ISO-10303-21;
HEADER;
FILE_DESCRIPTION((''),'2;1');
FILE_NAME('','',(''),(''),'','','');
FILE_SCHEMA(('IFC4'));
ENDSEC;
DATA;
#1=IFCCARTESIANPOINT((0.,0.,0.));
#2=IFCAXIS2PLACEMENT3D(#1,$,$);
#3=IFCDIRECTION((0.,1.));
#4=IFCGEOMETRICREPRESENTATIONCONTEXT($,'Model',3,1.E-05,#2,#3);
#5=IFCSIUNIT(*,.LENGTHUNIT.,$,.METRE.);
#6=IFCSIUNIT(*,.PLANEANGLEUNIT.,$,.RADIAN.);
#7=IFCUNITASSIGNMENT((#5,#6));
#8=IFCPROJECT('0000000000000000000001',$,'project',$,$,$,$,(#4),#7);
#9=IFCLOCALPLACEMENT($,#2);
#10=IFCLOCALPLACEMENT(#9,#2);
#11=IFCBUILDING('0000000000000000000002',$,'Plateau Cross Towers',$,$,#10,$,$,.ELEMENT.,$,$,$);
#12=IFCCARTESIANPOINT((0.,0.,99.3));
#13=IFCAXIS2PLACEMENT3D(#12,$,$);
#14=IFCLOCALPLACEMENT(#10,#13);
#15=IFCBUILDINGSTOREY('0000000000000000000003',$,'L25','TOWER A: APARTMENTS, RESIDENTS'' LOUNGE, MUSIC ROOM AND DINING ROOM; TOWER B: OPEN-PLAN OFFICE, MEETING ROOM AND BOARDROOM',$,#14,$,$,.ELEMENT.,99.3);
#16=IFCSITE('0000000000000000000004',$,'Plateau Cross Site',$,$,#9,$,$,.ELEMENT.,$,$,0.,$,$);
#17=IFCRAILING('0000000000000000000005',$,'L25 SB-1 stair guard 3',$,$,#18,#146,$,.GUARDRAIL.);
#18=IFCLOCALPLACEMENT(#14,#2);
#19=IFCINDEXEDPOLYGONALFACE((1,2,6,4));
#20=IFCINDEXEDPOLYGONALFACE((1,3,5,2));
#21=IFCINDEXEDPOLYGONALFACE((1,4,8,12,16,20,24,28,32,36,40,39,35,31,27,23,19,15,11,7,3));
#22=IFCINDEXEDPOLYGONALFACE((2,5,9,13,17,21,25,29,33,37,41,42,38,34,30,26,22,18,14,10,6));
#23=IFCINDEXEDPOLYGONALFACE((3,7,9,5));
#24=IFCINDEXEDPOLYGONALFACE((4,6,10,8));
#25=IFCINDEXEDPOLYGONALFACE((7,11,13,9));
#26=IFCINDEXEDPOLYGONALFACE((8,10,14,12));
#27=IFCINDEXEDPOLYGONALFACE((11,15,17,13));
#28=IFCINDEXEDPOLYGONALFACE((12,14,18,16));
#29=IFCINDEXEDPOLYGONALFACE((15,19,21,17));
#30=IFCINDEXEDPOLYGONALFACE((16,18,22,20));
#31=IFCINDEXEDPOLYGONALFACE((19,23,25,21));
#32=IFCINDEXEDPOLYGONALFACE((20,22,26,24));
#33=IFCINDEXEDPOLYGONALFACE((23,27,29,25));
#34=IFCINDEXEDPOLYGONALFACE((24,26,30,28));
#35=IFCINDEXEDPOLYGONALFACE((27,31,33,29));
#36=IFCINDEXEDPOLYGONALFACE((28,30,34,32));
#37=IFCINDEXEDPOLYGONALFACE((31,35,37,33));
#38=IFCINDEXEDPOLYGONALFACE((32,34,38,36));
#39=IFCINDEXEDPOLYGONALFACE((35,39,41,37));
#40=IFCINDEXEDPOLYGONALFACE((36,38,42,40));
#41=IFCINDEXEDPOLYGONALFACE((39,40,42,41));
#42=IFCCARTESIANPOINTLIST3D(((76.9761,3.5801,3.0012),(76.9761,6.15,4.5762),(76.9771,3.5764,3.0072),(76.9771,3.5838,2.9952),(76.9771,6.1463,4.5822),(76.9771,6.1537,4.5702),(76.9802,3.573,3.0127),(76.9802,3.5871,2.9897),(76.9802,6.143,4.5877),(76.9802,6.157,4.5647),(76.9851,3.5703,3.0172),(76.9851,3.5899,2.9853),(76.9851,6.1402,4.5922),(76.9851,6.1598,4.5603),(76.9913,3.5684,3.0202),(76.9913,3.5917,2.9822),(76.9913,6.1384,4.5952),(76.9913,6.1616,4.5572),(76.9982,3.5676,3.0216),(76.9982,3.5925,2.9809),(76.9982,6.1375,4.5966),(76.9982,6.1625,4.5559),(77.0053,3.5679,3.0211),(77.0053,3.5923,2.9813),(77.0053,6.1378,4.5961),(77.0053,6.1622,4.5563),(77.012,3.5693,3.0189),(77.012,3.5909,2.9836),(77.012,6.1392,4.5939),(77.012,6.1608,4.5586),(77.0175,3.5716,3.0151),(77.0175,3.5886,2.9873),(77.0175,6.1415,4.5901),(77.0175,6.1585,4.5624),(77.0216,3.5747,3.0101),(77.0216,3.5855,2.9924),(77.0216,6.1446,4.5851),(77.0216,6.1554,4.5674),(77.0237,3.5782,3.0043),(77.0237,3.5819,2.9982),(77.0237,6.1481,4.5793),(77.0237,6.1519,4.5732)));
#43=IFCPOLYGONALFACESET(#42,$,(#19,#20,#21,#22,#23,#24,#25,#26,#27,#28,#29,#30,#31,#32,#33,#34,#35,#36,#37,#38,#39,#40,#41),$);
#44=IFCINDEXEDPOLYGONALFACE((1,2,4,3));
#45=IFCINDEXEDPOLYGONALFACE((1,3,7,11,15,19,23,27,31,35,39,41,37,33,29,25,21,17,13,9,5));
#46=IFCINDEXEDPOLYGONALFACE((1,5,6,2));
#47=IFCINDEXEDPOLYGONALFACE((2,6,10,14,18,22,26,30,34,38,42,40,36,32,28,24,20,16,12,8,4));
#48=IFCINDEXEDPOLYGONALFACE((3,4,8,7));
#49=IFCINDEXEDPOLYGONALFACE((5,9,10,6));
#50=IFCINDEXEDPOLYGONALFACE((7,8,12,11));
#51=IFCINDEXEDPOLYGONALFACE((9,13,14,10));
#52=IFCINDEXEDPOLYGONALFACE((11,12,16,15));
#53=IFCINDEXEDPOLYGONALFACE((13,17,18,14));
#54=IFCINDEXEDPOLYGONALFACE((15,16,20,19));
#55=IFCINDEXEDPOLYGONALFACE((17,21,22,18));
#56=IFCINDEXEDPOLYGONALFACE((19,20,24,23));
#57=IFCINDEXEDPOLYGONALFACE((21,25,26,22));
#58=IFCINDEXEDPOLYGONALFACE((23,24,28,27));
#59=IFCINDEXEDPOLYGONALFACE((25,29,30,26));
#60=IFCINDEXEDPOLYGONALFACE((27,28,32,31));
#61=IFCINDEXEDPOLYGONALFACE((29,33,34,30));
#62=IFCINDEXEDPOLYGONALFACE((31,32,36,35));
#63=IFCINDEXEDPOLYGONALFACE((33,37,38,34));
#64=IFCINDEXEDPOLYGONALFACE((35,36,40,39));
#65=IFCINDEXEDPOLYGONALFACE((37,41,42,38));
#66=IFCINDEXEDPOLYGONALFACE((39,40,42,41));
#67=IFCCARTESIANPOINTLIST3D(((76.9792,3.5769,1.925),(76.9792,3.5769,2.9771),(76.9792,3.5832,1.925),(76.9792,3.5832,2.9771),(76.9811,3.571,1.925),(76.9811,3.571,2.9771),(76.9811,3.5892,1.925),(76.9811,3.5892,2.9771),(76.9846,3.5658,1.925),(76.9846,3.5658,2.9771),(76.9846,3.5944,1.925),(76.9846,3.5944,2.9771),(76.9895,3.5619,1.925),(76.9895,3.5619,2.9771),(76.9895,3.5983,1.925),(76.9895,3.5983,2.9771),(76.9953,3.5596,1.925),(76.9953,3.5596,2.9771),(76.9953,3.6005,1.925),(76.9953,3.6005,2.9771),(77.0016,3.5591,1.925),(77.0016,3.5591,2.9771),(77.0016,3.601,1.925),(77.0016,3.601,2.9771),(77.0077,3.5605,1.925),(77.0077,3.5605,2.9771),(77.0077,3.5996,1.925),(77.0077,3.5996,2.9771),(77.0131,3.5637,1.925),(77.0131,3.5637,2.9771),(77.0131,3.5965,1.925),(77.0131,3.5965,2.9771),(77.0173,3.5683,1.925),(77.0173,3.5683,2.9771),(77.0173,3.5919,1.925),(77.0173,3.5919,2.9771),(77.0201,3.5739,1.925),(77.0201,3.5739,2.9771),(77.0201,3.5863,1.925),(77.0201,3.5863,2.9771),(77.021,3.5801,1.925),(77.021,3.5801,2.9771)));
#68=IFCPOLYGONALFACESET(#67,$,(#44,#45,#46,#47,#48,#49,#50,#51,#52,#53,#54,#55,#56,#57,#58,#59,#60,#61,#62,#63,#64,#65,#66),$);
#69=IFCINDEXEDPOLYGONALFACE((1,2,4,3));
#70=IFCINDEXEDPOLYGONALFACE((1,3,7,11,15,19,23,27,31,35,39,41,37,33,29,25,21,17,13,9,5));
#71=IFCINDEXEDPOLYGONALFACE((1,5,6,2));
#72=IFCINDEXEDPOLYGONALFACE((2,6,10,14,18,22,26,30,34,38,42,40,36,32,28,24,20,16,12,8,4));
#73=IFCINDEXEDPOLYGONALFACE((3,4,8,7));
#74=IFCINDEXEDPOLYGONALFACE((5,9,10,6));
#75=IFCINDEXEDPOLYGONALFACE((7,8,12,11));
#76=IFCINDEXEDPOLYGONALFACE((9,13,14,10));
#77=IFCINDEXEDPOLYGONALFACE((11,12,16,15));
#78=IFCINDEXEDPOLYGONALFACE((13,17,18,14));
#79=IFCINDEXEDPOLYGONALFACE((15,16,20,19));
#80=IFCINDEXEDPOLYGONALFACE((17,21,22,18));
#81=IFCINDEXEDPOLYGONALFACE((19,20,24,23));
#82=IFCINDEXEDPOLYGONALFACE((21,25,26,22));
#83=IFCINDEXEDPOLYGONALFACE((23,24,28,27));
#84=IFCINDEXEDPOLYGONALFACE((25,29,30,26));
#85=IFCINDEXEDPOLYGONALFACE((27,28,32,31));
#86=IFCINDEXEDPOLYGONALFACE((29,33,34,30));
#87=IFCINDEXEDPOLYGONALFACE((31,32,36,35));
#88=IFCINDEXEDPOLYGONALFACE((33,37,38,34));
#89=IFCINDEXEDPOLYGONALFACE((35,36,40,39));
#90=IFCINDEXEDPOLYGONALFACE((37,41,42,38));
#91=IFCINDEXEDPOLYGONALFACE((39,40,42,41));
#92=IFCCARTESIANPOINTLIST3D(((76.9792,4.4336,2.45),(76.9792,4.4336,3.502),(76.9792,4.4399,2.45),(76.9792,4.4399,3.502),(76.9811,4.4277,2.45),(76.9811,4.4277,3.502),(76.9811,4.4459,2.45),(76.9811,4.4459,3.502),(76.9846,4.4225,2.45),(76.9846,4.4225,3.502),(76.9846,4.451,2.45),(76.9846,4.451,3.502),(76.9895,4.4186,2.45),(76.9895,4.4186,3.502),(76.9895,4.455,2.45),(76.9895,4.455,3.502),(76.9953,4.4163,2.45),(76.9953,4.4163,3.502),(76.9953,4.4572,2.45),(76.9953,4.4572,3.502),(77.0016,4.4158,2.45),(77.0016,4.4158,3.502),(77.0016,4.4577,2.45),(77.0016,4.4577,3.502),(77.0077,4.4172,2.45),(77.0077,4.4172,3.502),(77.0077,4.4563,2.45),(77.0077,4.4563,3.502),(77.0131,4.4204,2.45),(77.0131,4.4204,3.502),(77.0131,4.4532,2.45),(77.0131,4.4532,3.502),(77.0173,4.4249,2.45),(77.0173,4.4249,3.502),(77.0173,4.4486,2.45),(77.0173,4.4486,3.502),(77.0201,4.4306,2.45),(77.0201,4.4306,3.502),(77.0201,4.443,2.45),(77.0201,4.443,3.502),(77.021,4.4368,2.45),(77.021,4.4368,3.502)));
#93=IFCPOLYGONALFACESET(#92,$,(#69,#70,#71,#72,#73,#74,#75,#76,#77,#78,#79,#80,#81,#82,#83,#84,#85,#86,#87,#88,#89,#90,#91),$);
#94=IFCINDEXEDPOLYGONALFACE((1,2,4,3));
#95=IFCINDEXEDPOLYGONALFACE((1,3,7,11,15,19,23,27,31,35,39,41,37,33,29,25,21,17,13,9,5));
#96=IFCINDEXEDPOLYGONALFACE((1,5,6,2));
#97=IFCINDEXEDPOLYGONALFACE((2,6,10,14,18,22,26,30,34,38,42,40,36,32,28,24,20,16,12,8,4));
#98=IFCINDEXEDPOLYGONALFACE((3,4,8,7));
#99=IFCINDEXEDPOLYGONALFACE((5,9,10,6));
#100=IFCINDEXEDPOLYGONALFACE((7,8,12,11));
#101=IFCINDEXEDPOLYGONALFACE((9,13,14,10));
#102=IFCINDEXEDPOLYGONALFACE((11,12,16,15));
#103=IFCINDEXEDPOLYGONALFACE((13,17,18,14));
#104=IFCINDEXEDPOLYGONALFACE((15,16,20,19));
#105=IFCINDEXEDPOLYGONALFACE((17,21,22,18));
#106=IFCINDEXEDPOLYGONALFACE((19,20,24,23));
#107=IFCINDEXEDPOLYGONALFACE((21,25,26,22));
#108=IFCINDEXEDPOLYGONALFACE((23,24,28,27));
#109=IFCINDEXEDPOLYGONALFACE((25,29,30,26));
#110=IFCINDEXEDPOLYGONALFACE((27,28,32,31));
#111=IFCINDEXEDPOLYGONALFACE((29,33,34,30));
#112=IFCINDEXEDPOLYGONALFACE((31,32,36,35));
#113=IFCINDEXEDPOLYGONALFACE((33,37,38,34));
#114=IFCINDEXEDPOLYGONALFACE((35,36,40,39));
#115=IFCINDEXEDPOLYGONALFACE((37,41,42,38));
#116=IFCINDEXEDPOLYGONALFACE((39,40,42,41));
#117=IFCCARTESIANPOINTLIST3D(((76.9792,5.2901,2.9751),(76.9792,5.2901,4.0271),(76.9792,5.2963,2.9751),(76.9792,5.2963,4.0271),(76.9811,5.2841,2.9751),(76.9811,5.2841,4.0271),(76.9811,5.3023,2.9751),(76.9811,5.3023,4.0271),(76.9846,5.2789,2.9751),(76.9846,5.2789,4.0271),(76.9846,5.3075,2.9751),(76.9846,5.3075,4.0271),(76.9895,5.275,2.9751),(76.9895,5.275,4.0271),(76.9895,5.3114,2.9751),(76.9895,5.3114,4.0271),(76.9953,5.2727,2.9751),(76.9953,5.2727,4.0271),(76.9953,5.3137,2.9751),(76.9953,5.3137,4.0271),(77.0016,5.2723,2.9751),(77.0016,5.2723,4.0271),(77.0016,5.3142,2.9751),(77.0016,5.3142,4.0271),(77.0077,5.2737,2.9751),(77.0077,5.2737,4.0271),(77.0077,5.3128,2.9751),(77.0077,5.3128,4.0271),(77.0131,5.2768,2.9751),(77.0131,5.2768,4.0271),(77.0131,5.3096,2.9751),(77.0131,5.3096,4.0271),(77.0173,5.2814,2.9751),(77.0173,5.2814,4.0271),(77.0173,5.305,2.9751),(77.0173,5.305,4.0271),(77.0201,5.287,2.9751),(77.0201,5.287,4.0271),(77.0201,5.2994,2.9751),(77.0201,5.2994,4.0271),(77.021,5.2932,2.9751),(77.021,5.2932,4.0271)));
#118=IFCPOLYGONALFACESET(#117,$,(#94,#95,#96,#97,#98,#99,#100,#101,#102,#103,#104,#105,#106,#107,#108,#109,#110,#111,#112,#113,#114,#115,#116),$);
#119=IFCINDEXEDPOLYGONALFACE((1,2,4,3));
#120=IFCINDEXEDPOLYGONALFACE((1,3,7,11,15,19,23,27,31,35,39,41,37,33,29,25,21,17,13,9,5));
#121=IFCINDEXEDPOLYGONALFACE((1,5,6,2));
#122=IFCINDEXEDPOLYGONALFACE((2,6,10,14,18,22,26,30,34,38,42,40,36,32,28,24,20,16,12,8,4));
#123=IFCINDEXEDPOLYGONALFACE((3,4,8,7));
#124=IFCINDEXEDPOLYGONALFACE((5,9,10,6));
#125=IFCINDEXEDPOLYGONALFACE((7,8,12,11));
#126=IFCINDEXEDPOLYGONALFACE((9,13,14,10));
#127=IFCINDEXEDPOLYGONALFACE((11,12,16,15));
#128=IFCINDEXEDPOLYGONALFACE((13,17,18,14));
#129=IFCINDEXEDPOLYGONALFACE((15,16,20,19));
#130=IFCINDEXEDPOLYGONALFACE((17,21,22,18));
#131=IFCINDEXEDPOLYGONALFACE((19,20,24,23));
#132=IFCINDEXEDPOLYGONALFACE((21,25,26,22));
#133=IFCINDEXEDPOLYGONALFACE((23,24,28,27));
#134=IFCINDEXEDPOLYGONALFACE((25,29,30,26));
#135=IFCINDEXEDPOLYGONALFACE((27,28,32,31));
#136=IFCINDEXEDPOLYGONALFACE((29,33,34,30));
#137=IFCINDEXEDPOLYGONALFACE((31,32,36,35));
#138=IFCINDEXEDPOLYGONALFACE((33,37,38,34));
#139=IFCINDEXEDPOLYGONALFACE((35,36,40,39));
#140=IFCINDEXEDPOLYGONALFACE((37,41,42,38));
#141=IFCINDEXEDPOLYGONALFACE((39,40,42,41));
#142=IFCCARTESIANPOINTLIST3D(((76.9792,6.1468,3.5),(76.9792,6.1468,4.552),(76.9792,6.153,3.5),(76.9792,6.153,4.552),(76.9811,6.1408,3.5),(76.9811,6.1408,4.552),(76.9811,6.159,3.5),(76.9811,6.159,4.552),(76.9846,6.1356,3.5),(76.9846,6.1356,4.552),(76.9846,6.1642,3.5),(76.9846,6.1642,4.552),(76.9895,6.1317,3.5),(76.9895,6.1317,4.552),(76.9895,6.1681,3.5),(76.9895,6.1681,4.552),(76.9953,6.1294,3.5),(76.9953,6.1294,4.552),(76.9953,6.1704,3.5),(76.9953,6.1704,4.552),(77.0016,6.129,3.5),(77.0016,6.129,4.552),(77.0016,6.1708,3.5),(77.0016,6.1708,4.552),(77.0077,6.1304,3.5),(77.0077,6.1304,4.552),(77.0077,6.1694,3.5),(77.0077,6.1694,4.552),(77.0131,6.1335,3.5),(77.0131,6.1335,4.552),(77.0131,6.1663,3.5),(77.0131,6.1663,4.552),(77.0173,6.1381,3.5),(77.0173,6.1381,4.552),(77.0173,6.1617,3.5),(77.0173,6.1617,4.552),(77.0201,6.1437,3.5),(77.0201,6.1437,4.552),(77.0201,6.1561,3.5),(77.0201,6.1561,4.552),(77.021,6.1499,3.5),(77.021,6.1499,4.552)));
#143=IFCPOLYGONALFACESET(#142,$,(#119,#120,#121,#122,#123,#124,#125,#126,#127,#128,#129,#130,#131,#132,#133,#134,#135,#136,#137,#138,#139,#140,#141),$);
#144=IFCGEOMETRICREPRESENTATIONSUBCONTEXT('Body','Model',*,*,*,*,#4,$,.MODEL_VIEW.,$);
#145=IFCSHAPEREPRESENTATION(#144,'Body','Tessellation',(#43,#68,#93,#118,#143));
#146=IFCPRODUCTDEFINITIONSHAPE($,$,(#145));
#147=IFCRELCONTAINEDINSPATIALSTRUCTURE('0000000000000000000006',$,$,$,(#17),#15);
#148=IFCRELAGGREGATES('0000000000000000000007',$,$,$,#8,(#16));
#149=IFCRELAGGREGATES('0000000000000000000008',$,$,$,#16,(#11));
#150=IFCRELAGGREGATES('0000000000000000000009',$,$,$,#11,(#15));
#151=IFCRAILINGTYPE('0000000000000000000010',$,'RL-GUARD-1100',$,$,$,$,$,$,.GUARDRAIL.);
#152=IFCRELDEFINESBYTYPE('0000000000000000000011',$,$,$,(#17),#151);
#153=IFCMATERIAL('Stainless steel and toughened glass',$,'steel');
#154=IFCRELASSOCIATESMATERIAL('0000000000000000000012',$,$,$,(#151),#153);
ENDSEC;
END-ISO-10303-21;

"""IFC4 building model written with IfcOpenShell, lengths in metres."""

from ifc_helpers import new_model, si_unit, direction, frame, origin, origin_2d, place, context, subcontext, project, spatial, circle, extrude, material, type_object, element, save


model = new_model("IFC4")

# Units and contexts
model_context = context("Model", 3, precision=1e-05, world=origin(), true_north=direction((0.0, 1.0)))
body_context = subcontext(model_context, "Body", "Model", "MODEL_VIEW")
ifc_project = project(units=[si_unit("LENGTHUNIT", "METRE"), si_unit("PLANEANGLEUNIT", "RADIAN")], contexts=[model_context])

# Site, building, storey
site_placement = place(None, origin())
site = spatial("IfcSite", under=ifc_project, at=site_placement, Name="Plateau Cross Site", CompositionType="ELEMENT", RefElevation=0.0)
building_placement = place(site_placement, origin())
building = spatial("IfcBuilding", under=site, at=building_placement, Name="Plateau Cross Towers", CompositionType="ELEMENT")
storey_placement = place(building_placement, frame((0.0, 0.0, 99.3)))
storey = spatial("IfcBuildingStorey", under=building, at=storey_placement, Name="L25", Description="TOWER A: APARTMENTS, RESIDENTS' LOUNGE, MUSIC ROOM AND DINING ROOM; TOWER B: OPEN-PLAN OFFICE, MEETING ROOM AND BOARDROOM", CompositionType="ELEMENT", Elevation=99.3)

# Railing
ifc_material_1 = material(Name="Stainless steel and toughened glass", Category="steel")
railing_type_1 = type_object("IfcRailingType", Name="RL-GUARD-1100", PredefinedType="GUARDRAIL", material=ifc_material_1)
railing_1_placement = place(storey_placement, frame((77.0, 3.5801, 1.925)))
element("IfcRailing", 1, at=railing_1_placement, inside=storey, type_object=railing_type_1, Name="L25 SB-1 stair guard 3", PredefinedType="GUARDRAIL", context=body_context, shape_type="SweptSolid", body=[
    extrude(circle(Radius=0.0239, at=origin_2d()), frame((0.0, 0.0, 1.0762), z_axis=(0.0, 0.852616, 0.522537), x_axis=(-1.0, 0.0, 0.0)), (0.0, 0.0, 1.0), 3.0142),
    extrude(circle(Radius=0.021, at=origin_2d()), origin(), (0.0, 0.0, 1.0), 1.052),
    extrude(circle(Radius=0.021, at=origin_2d()), frame((0.0, 0.8567, 0.5249)), (0.0, 0.0, 1.0), 1.052),
    extrude(circle(Radius=0.021, at=origin_2d()), frame((0.0, 1.7131, 1.05)), (0.0, 0.0, 1.0), 1.052),
    extrude(circle(Radius=0.021, at=origin_2d()), frame((0.0, 2.5698, 1.575)), (0.0, 0.0, 1.0), 1.052),
])

save(model, "model.ifc")
